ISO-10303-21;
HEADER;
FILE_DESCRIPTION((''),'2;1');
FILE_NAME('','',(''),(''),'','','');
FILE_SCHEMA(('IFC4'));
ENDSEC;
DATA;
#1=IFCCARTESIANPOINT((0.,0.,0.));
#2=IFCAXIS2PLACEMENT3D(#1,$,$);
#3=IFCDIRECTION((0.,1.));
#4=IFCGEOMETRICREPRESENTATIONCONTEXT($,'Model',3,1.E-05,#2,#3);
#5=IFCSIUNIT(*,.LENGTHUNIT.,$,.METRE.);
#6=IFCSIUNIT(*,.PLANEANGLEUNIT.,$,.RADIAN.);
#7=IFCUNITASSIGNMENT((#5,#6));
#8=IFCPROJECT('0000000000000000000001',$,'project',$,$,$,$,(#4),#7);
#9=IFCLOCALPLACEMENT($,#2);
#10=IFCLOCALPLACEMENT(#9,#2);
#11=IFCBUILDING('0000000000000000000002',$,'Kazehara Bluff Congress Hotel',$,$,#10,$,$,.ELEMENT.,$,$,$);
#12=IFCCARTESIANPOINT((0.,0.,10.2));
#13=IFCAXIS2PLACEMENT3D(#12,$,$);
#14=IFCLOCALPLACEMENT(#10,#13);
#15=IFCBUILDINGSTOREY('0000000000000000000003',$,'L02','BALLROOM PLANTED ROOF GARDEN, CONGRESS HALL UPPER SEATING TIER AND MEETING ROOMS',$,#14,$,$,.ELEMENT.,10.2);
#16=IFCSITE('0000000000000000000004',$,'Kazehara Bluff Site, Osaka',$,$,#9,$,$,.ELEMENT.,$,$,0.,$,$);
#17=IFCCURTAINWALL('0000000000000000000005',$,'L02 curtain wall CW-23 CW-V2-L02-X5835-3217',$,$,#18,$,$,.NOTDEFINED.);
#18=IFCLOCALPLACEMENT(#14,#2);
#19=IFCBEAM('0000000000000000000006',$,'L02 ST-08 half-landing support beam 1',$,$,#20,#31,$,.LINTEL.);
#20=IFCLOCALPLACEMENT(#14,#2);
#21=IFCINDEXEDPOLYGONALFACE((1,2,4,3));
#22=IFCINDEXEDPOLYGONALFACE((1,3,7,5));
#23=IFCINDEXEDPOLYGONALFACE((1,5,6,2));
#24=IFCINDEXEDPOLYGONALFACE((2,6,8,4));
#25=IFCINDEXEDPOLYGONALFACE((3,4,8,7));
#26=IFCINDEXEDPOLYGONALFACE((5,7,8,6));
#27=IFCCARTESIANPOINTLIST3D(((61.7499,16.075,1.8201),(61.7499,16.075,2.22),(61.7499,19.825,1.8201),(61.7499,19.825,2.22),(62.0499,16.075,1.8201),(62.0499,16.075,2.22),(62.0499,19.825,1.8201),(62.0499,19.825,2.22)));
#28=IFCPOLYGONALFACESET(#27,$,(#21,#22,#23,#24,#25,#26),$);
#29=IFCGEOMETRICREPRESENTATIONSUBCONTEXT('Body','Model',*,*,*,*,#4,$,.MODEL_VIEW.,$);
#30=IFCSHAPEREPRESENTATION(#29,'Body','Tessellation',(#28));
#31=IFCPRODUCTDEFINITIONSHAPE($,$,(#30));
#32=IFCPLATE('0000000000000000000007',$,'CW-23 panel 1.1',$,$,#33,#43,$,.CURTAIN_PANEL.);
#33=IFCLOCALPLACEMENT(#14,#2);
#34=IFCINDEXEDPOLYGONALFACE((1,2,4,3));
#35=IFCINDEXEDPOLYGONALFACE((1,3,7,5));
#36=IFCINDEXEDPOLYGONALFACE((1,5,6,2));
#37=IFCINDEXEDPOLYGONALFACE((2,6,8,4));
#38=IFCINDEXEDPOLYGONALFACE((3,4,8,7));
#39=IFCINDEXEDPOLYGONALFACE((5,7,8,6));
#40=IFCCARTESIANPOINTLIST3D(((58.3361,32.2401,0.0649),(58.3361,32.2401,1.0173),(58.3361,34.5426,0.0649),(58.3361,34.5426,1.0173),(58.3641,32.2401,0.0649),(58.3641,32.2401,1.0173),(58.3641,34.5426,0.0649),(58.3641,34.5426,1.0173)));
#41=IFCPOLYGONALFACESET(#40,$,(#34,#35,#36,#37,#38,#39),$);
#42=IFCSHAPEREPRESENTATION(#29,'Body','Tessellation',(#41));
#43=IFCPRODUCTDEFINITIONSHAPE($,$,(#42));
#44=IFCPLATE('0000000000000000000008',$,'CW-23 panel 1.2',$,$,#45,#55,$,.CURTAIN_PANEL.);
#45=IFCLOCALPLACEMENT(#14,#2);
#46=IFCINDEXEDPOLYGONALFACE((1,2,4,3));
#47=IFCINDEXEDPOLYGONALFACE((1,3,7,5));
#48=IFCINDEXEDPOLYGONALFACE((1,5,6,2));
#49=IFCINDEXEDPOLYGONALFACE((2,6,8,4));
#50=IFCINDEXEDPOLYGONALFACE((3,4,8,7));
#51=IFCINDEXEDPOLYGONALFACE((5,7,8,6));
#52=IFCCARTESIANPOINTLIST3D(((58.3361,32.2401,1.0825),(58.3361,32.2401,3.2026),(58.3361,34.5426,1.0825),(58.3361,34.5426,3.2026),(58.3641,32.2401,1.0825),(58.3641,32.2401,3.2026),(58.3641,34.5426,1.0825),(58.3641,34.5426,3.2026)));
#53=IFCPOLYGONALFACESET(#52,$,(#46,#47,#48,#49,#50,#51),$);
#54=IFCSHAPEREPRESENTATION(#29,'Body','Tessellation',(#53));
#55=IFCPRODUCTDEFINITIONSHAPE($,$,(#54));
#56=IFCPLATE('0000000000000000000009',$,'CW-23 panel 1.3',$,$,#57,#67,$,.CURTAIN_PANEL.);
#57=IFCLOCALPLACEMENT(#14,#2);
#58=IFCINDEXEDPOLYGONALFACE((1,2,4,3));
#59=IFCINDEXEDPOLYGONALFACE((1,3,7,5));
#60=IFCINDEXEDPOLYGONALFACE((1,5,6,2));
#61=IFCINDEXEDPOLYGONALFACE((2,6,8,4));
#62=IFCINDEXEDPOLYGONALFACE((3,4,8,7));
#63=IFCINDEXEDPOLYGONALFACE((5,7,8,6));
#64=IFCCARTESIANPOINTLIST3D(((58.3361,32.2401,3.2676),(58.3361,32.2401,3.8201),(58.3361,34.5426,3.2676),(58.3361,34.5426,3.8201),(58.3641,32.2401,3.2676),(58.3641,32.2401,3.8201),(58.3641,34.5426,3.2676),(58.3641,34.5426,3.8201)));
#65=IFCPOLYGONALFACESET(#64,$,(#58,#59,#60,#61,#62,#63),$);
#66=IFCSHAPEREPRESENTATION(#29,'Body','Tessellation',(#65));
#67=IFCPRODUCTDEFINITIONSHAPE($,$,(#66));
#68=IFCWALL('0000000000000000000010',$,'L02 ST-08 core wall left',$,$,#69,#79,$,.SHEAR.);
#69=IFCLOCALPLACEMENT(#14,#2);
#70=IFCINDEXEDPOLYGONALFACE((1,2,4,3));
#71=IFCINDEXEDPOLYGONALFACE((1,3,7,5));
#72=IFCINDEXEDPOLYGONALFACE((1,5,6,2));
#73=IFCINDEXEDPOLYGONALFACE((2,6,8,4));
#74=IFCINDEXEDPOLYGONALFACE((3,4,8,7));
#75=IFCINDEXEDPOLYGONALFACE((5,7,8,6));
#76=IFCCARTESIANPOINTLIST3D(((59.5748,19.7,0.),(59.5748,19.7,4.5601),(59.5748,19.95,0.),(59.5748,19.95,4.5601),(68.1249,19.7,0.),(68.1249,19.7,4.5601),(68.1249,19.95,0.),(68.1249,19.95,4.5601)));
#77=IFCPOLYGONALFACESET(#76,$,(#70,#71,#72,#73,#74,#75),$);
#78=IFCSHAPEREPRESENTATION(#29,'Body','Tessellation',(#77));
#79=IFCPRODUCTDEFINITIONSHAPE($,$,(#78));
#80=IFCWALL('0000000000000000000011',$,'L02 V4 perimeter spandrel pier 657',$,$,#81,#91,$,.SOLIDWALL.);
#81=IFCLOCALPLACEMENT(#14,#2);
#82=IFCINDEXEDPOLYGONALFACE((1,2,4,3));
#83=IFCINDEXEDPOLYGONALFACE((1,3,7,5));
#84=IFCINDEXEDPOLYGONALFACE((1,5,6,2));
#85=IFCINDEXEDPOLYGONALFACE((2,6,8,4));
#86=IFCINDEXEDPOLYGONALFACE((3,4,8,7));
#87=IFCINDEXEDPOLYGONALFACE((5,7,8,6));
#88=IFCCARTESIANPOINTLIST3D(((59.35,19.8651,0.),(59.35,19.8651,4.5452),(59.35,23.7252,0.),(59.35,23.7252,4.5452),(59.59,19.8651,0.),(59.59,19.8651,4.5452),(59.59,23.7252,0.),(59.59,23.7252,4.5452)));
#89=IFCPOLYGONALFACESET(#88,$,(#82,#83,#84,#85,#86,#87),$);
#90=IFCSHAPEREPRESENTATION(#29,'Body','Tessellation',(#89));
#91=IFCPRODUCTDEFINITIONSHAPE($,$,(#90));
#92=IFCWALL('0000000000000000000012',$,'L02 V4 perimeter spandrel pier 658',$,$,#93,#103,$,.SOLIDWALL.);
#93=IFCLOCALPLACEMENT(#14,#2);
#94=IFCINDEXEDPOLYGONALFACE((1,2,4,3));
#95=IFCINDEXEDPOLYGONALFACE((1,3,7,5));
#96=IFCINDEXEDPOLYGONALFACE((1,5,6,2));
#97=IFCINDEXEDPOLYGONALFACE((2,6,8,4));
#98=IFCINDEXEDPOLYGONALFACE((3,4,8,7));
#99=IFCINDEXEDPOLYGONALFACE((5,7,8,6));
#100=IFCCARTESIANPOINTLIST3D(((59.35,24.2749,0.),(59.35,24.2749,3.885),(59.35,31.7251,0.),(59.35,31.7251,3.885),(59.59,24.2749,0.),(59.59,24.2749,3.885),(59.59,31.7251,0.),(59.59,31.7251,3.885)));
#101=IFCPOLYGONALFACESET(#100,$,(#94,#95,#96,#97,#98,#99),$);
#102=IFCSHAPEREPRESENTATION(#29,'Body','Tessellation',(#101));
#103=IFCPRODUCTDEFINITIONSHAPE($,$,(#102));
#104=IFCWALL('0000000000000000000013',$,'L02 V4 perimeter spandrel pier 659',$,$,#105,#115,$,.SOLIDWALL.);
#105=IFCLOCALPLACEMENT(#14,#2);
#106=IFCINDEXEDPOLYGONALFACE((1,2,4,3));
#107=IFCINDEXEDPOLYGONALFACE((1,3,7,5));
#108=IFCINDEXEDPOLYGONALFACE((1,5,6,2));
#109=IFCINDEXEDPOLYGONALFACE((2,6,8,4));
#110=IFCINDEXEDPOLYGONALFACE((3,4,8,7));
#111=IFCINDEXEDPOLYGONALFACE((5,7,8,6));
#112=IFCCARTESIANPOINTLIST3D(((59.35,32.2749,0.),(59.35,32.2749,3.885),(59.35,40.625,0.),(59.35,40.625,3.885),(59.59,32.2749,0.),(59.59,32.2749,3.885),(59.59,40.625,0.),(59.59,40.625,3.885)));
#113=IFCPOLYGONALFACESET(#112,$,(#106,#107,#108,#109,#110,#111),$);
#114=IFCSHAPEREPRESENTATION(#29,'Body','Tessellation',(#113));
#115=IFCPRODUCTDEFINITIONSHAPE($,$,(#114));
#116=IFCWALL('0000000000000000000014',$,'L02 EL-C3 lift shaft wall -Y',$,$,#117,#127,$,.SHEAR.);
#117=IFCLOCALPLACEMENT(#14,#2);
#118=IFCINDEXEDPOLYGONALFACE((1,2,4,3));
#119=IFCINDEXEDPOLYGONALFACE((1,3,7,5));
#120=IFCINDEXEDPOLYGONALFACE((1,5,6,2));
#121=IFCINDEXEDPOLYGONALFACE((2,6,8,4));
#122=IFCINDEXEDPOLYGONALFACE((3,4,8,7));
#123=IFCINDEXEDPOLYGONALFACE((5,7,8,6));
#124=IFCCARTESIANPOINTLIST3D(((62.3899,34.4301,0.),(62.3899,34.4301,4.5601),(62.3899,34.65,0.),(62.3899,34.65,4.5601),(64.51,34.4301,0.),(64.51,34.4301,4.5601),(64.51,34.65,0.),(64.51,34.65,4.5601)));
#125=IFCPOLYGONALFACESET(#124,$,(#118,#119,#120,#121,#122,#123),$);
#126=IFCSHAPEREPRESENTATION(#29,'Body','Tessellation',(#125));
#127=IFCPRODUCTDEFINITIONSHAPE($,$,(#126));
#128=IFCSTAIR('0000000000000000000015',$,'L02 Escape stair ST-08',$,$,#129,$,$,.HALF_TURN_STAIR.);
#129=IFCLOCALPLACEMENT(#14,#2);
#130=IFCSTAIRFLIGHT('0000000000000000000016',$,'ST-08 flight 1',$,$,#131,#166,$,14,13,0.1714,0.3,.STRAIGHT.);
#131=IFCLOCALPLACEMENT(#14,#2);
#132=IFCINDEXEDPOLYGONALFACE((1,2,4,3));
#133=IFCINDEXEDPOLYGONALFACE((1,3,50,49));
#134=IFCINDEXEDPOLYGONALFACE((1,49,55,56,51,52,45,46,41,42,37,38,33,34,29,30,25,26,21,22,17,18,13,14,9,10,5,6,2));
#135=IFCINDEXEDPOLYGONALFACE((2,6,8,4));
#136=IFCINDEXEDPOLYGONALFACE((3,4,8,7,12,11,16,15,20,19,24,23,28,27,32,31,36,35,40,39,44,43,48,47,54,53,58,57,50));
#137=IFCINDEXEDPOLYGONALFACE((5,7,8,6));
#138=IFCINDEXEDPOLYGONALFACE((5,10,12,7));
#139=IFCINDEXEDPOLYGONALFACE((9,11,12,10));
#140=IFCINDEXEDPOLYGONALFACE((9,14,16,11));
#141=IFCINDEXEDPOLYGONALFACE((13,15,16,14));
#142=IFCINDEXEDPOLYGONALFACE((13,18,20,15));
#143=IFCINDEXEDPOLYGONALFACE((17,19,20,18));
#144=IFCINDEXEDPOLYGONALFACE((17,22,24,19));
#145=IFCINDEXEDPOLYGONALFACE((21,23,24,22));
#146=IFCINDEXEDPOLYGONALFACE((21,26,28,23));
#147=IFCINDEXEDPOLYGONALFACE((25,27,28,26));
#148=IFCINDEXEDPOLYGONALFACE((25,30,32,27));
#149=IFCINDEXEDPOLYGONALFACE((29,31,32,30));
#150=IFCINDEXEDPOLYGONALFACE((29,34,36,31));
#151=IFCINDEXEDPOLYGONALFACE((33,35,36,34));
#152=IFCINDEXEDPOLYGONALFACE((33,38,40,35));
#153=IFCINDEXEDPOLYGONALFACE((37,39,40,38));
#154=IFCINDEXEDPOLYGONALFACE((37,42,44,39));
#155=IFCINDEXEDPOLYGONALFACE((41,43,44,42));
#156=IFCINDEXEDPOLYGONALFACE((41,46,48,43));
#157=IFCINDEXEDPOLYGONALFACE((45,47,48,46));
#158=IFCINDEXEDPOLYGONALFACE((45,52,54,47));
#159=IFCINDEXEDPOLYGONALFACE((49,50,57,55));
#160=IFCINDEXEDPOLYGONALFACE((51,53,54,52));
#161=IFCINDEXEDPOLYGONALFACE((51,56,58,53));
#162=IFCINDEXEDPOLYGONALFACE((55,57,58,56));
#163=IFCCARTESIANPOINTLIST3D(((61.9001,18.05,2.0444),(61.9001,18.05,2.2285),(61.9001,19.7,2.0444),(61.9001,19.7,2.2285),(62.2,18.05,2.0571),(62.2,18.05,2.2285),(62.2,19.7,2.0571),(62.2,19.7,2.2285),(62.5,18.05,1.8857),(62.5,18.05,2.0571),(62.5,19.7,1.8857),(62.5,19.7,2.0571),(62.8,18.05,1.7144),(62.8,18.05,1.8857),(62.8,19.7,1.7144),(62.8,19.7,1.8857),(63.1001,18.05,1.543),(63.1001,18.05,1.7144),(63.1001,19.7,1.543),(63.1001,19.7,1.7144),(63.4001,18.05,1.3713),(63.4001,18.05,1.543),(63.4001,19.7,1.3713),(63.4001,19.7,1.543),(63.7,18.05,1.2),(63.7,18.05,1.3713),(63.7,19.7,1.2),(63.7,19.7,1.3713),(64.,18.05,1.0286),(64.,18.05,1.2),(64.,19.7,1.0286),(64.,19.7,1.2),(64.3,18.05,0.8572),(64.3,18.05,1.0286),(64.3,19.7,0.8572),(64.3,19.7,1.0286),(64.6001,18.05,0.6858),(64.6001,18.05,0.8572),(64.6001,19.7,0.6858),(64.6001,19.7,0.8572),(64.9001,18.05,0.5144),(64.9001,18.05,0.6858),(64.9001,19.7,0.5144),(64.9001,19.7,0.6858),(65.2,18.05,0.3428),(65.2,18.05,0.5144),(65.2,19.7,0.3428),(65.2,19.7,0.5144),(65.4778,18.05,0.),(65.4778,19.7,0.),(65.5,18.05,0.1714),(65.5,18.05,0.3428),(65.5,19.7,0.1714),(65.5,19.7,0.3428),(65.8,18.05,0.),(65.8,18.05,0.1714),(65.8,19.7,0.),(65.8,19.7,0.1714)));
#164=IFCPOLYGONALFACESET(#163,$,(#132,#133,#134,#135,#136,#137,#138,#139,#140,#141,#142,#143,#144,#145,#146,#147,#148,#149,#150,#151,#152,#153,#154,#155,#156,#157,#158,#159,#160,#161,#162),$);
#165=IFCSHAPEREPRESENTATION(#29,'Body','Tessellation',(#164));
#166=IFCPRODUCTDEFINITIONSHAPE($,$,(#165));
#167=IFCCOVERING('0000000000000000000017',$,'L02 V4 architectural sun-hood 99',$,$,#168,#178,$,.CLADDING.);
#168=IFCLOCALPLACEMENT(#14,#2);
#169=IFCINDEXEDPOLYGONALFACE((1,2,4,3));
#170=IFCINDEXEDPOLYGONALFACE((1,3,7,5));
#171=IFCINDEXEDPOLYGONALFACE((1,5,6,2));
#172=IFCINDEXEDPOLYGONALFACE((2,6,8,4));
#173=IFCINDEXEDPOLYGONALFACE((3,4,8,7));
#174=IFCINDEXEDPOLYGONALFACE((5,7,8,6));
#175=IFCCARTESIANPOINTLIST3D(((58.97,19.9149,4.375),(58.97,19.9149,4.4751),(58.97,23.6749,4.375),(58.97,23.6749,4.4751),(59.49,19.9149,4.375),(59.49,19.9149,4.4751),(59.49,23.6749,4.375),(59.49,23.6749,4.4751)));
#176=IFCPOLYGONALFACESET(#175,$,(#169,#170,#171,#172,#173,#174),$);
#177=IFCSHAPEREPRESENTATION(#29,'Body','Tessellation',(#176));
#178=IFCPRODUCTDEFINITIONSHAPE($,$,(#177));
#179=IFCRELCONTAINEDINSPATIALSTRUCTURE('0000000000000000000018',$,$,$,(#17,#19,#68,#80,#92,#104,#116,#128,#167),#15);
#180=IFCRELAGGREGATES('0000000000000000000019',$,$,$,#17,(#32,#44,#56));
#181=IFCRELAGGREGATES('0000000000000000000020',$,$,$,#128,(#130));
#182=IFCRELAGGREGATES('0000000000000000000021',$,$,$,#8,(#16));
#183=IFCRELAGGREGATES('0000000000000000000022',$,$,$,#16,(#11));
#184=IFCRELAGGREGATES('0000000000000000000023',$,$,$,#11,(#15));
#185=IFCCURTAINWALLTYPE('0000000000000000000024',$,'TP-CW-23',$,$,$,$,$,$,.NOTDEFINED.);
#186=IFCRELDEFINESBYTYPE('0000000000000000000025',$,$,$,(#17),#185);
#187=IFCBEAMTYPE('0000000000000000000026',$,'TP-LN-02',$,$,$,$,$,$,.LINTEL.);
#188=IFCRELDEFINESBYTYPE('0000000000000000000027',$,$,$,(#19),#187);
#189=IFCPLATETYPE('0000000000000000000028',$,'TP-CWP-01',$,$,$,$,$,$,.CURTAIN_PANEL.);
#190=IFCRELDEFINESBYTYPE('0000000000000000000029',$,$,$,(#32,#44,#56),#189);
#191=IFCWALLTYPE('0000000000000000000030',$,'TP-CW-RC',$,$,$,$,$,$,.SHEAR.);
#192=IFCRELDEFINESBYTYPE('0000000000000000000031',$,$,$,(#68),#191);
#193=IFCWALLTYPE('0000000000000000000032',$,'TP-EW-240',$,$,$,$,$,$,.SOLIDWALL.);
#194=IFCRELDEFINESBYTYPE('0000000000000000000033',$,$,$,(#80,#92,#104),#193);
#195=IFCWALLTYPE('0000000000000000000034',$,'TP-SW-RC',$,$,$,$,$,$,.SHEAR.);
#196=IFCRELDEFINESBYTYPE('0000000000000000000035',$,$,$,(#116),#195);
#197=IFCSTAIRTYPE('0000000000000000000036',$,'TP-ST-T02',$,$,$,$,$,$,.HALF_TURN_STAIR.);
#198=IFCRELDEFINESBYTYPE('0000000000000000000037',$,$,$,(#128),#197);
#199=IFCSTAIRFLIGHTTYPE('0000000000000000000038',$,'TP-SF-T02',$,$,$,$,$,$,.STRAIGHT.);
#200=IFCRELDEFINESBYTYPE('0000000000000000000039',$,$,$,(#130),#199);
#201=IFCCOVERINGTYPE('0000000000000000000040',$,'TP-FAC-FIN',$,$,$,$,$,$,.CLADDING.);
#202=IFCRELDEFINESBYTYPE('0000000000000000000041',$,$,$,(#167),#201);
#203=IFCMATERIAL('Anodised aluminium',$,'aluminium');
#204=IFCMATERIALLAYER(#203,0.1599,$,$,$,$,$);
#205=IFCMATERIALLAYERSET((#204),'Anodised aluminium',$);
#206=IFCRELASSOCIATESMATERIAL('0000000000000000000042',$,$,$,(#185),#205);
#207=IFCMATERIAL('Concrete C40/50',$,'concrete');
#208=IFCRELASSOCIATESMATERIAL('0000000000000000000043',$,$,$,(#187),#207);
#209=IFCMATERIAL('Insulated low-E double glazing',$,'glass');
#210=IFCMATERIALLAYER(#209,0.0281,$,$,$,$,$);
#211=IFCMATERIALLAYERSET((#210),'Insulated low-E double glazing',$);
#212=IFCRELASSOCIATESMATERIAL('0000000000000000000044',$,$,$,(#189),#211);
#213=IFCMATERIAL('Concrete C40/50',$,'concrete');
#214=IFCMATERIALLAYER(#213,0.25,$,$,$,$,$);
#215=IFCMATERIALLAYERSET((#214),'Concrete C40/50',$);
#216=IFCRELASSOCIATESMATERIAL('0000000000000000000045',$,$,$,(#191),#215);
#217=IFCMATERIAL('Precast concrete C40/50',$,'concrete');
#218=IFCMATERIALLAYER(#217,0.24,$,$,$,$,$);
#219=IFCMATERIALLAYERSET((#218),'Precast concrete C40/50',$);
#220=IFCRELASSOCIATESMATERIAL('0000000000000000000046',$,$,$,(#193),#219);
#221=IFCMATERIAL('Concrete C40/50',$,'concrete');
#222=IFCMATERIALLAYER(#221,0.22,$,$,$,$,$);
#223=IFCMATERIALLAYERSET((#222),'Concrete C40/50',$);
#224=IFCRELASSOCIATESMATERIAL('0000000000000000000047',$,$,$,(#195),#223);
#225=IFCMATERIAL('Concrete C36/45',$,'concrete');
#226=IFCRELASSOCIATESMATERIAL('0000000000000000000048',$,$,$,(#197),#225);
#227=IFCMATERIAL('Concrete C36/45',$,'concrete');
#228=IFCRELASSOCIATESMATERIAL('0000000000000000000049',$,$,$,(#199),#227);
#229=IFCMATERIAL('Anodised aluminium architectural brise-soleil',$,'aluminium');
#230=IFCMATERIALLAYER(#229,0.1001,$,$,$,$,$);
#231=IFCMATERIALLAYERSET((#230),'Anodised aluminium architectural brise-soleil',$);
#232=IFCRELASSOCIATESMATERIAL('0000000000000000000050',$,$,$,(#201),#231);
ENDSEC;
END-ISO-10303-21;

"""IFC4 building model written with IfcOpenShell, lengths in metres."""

from ifc_helpers import new_model, si_unit, direction, frame, frame_2d, origin, origin_2d, place, context, subcontext, project, spatial, polyline, rectangle, outline, extrude, material, layer, layer_set, material_profile, profile_set, type_object, element, aggregate, save


model = new_model("IFC4")

# Units and contexts
model_context = context("Model", 3, precision=1e-05, world=origin(), true_north=direction((0.0, 1.0)))
body_context = subcontext(model_context, "Body", "Model", "MODEL_VIEW")
ifc_project = project(units=[si_unit("LENGTHUNIT", "METRE"), si_unit("PLANEANGLEUNIT", "RADIAN")], contexts=[model_context])

# Site, building, storey
site_placement = place(None, origin())
site = spatial("IfcSite", under=ifc_project, at=site_placement, Name="Kazehara Bluff Site, Osaka", CompositionType="ELEMENT", RefElevation=0.0)
building_placement = place(site_placement, origin())
building = spatial("IfcBuilding", under=site, at=building_placement, Name="Kazehara Bluff Congress Hotel", CompositionType="ELEMENT")
storey_placement = place(building_placement, frame((0.0, 0.0, 10.2)))
storey = spatial("IfcBuildingStorey", under=building, at=storey_placement, Name="L02", Description="BALLROOM PLANTED ROOF GARDEN, CONGRESS HALL UPPER SEATING TIER AND MEETING ROOMS", CompositionType="ELEMENT", Elevation=10.2)

# Curtain wall
ifc_material_1 = material(Name="Anodised aluminium", Category="aluminium")
ifc_layer_1 = layer(ifc_material_1, 0.1599)
ifc_layer_set_1 = layer_set([ifc_layer_1], Name="Anodised aluminium")
curtain_wall_type = type_object("IfcCurtainWallType", Name="TP-CW-23", PredefinedType="NOTDEFINED", material=ifc_layer_set_1)
curtain_wall_placement = place(storey_placement, origin())
curtain_wall = element("IfcCurtainWall", 1, at=curtain_wall_placement, inside=storey, type_object=curtain_wall_type, Name="L02 curtain wall CW-23 CW-V2-L02-X5835-3217", PredefinedType="NOTDEFINED")

# Beam
ifc_material_2 = material(Name="Concrete C40/50", Category="concrete")
ifc_material_profile_1 = material_profile(ifc_material_2, rectangle(XDim=0.3, YDim=0.3999, at=origin_2d()))
ifc_profile_set_1 = profile_set([ifc_material_profile_1], Name="Concrete C40/50")
beam_type_1 = type_object("IfcBeamType", Name="TP-LN-02", PredefinedType="LINTEL", material=ifc_profile_set_1)
beam_1_placement = place(storey_placement, frame((61.8999, 19.825, 2.02), z_axis=(0.0, -1.0, 0.0), x_axis=(1.0, 0.0, 0.0)))
element("IfcBeam", 2, at=beam_1_placement, inside=storey, type_object=beam_type_1, Name="L02 ST-08 half-landing support beam 1", PredefinedType="LINTEL", context=body_context, shape_type="SweptSolid", body=[
    extrude(rectangle(XDim=0.3, YDim=0.3999, at=origin_2d()), origin(), (0.0, 0.0, 1.0), 3.75),
])

# Plates
ifc_material_3 = material(Name="Insulated low-E double glazing", Category="glass")
ifc_layer_2 = layer(ifc_material_3, 0.0281)
ifc_layer_set_2 = layer_set([ifc_layer_2], Name="Insulated low-E double glazing")
plate_type = type_object("IfcPlateType", Name="TP-CWP-01", PredefinedType="CURTAIN_PANEL", material=ifc_layer_set_2)
plate_1_placement = place(storey_placement, frame((58.3501, 33.3914, 0.0649), z_axis=(0.0, 0.0, 1.0), x_axis=(0.0, 1.0, 0.0)))
plate_1 = element("IfcPlate", 3, at=plate_1_placement, type_object=plate_type, Name="CW-23 panel 1.1", PredefinedType="CURTAIN_PANEL", context=body_context, shape_type="SweptSolid", body=[
    extrude(rectangle(XDim=2.3025, YDim=0.0281, at=origin_2d()), origin(), (0.0, 0.0, 1.0), 0.9524),
])
plate_2_placement = place(storey_placement, frame((58.3501, 33.3914, 1.0825), z_axis=(0.0, 0.0, 1.0), x_axis=(0.0, 1.0, 0.0)))
plate_2 = element("IfcPlate", 4, at=plate_2_placement, type_object=plate_type, Name="CW-23 panel 1.2", PredefinedType="CURTAIN_PANEL", context=body_context, shape_type="SweptSolid", body=[
    extrude(rectangle(XDim=2.3025, YDim=0.0281, at=origin_2d()), origin(), (0.0, 0.0, 1.0), 2.1201),
])
plate_3_placement = place(storey_placement, frame((58.3501, 33.3914, 3.2676), z_axis=(0.0, 0.0, 1.0), x_axis=(0.0, 1.0, 0.0)))
plate_3 = element("IfcPlate", 5, at=plate_3_placement, type_object=plate_type, Name="CW-23 panel 1.3", PredefinedType="CURTAIN_PANEL", context=body_context, shape_type="SweptSolid", body=[
    extrude(rectangle(XDim=2.3025, YDim=0.0281, at=origin_2d()), origin(), (0.0, 0.0, 1.0), 0.5525),
])
aggregate(curtain_wall, [plate_1, plate_2, plate_3])

# Walls
ifc_material_4 = material(Name="Concrete C40/50", Category="concrete")
ifc_layer_3 = layer(ifc_material_4, 0.25)
ifc_layer_set_3 = layer_set([ifc_layer_3], Name="Concrete C40/50")
wall_type_1 = type_object("IfcWallType", Name="TP-CW-RC", PredefinedType="SHEAR", material=ifc_layer_set_3)
wall_1_placement = place(storey_placement, frame((59.575, 19.825, 0.0), z_axis=(0.0, 0.0, 1.0), x_axis=(1.0, 0.0, 0.0)))
element("IfcWall", 6, at=wall_1_placement, inside=storey, type_object=wall_type_1, Name="L02 ST-08 core wall left", PredefinedType="SHEAR", context=body_context, shape_type="SweptSolid", body=[
    extrude(rectangle(XDim=8.55, YDim=0.25, at=frame_2d((4.2749, 0.0))), origin(), (0.0, 0.0, 1.0), 4.5601),
])
ifc_material_5 = material(Name="Precast concrete C40/50", Category="concrete")
ifc_layer_4 = layer(ifc_material_5, 0.24)
ifc_layer_set_4 = layer_set([ifc_layer_4], Name="Precast concrete C40/50")
wall_type_2 = type_object("IfcWallType", Name="TP-EW-240", PredefinedType="SOLIDWALL", material=ifc_layer_set_4)
wall_2_placement = place(storey_placement, frame((59.47, 19.865, 0.0), z_axis=(0.0, 0.0, 1.0), x_axis=(0.0, 1.0, 0.0)))
element("IfcWall", 7, at=wall_2_placement, inside=storey, type_object=wall_type_2, Name="L02 V4 perimeter spandrel pier 657", PredefinedType="SOLIDWALL", context=body_context, shape_type="SweptSolid", body=[
    extrude(rectangle(XDim=3.8601, YDim=0.24, at=frame_2d((1.9302, 0.0))), origin(), (0.0, 0.0, 1.0), 4.5452),
])
wall_3_placement = place(storey_placement, frame((59.47, 24.2749, 0.0), z_axis=(0.0, 0.0, 1.0), x_axis=(0.0, 1.0, 0.0)))
element("IfcWall", 8, at=wall_3_placement, inside=storey, type_object=wall_type_2, Name="L02 V4 perimeter spandrel pier 658", PredefinedType="SOLIDWALL", context=body_context, shape_type="SweptSolid", body=[
    extrude(rectangle(XDim=7.4502, YDim=0.24, at=frame_2d((3.7251, 0.0))), origin(), (0.0, 0.0, 1.0), 3.885),
])
wall_4_placement = place(storey_placement, frame((59.47, 32.2749, 0.0), z_axis=(0.0, 0.0, 1.0), x_axis=(0.0, 1.0, 0.0)))
element("IfcWall", 9, at=wall_4_placement, inside=storey, type_object=wall_type_2, Name="L02 V4 perimeter spandrel pier 659", PredefinedType="SOLIDWALL", context=body_context, shape_type="SweptSolid", body=[
    extrude(rectangle(XDim=8.3501, YDim=0.24, at=frame_2d((4.175, 0.0))), origin(), (0.0, 0.0, 1.0), 3.885),
])
ifc_material_6 = material(Name="Concrete C40/50", Category="concrete")
ifc_layer_5 = layer(ifc_material_6, 0.22)
ifc_layer_set_5 = layer_set([ifc_layer_5], Name="Concrete C40/50")
wall_type_3 = type_object("IfcWallType", Name="TP-SW-RC", PredefinedType="SHEAR", material=ifc_layer_set_5)
wall_5_placement = place(storey_placement, frame((62.3899, 34.54, 0.0), z_axis=(0.0, 0.0, 1.0), x_axis=(1.0, 0.0, 0.0)))
element("IfcWall", 10, at=wall_5_placement, inside=storey, type_object=wall_type_3, Name="L02 EL-C3 lift shaft wall -Y", PredefinedType="SHEAR", context=body_context, shape_type="SweptSolid", body=[
    extrude(rectangle(XDim=2.1201, YDim=0.22, at=frame_2d((1.0601, 0.0))), origin(), (0.0, 0.0, 1.0), 4.5601),
])

# Stair, stair flight
ifc_material_7 = material(Name="Concrete C36/45", Category="concrete")
stair_type = type_object("IfcStairType", Name="TP-ST-T02", PredefinedType="HALF_TURN_STAIR", material=ifc_material_7)
stair_placement = place(storey_placement, origin())
stair = element("IfcStair", 11, at=stair_placement, inside=storey, type_object=stair_type, Name="L02 Escape stair ST-08", PredefinedType="HALF_TURN_STAIR")
ifc_material_8 = material(Name="Concrete C36/45", Category="concrete")
stair_flight_type = type_object("IfcStairFlightType", Name="TP-SF-T02", PredefinedType="STRAIGHT", material=ifc_material_8)
stair_flight_placement = place(storey_placement, frame((65.8, 18.875, 0.0), z_axis=(0.0, 0.0, 1.0), x_axis=(-1.0, 0.0, 0.0)))
stair_flight = element("IfcStairFlight", 12, at=stair_flight_placement, type_object=stair_flight_type, Name="ST-08 flight 1", NumberOfRisers=14, NumberOfTreads=13, PredefinedType="STRAIGHT", RiserHeight=0.1714, TreadLength=0.3, context=body_context, shape_type="SweptSolid", body=[
    extrude(outline(polyline([(0.0, 0.0), (0.0, 0.1714), (0.3, 0.1714), (0.3, 0.3428), (0.6001, 0.3428), (0.6001, 0.5144), (0.8999, 0.5144), (0.8999, 0.6858), (1.2, 0.6858), (1.2, 0.8572), (1.5, 0.8572), (1.5, 1.0286), (1.8, 1.0286), (1.8, 1.2), (2.1001, 1.2), (2.1001, 1.3713), (2.3999, 1.3713), (2.3999, 1.543), (2.7, 1.543), (2.7, 1.7144), (3.0, 1.7144), (3.0, 1.8857), (3.3, 1.8857), (3.3, 2.0571), (3.6001, 2.0571), (3.6001, 2.2285), (3.8999, 2.2285), (3.8999, 2.3999), (3.8999, 2.0444), (0.3223, 0.0), (0.0, 0.0)])), frame((0.0, 0.825, 0.0), z_axis=(0.0, -1.0, 0.0), x_axis=(1.0, 0.0, 0.0)), (0.0, 0.0, 1.0), 1.6499),
])
aggregate(stair, [stair_flight])

# Covering
ifc_material_9 = material(Name="Anodised aluminium architectural brise-soleil", Category="aluminium")
ifc_layer_6 = layer(ifc_material_9, 0.1001)
ifc_layer_set_6 = layer_set([ifc_layer_6], Name="Anodised aluminium architectural brise-soleil")
covering_type = type_object("IfcCoveringType", Name="TP-FAC-FIN", PredefinedType="CLADDING", material=ifc_layer_set_6)
covering_1_placement = place(storey_placement, frame((59.23, 21.7949, 4.375), z_axis=(0.0, 0.0, 1.0), x_axis=(1.0, 0.0, 0.0)))
element("IfcCovering", 13, at=covering_1_placement, inside=storey, type_object=covering_type, Name="L02 V4 architectural sun-hood 99", PredefinedType="CLADDING", context=body_context, shape_type="SweptSolid", body=[
    extrude(rectangle(XDim=0.52, YDim=3.76, at=origin_2d()), origin(), (0.0, 0.0, 1.0), 0.1001),
])

save(model, "model.ifc")
